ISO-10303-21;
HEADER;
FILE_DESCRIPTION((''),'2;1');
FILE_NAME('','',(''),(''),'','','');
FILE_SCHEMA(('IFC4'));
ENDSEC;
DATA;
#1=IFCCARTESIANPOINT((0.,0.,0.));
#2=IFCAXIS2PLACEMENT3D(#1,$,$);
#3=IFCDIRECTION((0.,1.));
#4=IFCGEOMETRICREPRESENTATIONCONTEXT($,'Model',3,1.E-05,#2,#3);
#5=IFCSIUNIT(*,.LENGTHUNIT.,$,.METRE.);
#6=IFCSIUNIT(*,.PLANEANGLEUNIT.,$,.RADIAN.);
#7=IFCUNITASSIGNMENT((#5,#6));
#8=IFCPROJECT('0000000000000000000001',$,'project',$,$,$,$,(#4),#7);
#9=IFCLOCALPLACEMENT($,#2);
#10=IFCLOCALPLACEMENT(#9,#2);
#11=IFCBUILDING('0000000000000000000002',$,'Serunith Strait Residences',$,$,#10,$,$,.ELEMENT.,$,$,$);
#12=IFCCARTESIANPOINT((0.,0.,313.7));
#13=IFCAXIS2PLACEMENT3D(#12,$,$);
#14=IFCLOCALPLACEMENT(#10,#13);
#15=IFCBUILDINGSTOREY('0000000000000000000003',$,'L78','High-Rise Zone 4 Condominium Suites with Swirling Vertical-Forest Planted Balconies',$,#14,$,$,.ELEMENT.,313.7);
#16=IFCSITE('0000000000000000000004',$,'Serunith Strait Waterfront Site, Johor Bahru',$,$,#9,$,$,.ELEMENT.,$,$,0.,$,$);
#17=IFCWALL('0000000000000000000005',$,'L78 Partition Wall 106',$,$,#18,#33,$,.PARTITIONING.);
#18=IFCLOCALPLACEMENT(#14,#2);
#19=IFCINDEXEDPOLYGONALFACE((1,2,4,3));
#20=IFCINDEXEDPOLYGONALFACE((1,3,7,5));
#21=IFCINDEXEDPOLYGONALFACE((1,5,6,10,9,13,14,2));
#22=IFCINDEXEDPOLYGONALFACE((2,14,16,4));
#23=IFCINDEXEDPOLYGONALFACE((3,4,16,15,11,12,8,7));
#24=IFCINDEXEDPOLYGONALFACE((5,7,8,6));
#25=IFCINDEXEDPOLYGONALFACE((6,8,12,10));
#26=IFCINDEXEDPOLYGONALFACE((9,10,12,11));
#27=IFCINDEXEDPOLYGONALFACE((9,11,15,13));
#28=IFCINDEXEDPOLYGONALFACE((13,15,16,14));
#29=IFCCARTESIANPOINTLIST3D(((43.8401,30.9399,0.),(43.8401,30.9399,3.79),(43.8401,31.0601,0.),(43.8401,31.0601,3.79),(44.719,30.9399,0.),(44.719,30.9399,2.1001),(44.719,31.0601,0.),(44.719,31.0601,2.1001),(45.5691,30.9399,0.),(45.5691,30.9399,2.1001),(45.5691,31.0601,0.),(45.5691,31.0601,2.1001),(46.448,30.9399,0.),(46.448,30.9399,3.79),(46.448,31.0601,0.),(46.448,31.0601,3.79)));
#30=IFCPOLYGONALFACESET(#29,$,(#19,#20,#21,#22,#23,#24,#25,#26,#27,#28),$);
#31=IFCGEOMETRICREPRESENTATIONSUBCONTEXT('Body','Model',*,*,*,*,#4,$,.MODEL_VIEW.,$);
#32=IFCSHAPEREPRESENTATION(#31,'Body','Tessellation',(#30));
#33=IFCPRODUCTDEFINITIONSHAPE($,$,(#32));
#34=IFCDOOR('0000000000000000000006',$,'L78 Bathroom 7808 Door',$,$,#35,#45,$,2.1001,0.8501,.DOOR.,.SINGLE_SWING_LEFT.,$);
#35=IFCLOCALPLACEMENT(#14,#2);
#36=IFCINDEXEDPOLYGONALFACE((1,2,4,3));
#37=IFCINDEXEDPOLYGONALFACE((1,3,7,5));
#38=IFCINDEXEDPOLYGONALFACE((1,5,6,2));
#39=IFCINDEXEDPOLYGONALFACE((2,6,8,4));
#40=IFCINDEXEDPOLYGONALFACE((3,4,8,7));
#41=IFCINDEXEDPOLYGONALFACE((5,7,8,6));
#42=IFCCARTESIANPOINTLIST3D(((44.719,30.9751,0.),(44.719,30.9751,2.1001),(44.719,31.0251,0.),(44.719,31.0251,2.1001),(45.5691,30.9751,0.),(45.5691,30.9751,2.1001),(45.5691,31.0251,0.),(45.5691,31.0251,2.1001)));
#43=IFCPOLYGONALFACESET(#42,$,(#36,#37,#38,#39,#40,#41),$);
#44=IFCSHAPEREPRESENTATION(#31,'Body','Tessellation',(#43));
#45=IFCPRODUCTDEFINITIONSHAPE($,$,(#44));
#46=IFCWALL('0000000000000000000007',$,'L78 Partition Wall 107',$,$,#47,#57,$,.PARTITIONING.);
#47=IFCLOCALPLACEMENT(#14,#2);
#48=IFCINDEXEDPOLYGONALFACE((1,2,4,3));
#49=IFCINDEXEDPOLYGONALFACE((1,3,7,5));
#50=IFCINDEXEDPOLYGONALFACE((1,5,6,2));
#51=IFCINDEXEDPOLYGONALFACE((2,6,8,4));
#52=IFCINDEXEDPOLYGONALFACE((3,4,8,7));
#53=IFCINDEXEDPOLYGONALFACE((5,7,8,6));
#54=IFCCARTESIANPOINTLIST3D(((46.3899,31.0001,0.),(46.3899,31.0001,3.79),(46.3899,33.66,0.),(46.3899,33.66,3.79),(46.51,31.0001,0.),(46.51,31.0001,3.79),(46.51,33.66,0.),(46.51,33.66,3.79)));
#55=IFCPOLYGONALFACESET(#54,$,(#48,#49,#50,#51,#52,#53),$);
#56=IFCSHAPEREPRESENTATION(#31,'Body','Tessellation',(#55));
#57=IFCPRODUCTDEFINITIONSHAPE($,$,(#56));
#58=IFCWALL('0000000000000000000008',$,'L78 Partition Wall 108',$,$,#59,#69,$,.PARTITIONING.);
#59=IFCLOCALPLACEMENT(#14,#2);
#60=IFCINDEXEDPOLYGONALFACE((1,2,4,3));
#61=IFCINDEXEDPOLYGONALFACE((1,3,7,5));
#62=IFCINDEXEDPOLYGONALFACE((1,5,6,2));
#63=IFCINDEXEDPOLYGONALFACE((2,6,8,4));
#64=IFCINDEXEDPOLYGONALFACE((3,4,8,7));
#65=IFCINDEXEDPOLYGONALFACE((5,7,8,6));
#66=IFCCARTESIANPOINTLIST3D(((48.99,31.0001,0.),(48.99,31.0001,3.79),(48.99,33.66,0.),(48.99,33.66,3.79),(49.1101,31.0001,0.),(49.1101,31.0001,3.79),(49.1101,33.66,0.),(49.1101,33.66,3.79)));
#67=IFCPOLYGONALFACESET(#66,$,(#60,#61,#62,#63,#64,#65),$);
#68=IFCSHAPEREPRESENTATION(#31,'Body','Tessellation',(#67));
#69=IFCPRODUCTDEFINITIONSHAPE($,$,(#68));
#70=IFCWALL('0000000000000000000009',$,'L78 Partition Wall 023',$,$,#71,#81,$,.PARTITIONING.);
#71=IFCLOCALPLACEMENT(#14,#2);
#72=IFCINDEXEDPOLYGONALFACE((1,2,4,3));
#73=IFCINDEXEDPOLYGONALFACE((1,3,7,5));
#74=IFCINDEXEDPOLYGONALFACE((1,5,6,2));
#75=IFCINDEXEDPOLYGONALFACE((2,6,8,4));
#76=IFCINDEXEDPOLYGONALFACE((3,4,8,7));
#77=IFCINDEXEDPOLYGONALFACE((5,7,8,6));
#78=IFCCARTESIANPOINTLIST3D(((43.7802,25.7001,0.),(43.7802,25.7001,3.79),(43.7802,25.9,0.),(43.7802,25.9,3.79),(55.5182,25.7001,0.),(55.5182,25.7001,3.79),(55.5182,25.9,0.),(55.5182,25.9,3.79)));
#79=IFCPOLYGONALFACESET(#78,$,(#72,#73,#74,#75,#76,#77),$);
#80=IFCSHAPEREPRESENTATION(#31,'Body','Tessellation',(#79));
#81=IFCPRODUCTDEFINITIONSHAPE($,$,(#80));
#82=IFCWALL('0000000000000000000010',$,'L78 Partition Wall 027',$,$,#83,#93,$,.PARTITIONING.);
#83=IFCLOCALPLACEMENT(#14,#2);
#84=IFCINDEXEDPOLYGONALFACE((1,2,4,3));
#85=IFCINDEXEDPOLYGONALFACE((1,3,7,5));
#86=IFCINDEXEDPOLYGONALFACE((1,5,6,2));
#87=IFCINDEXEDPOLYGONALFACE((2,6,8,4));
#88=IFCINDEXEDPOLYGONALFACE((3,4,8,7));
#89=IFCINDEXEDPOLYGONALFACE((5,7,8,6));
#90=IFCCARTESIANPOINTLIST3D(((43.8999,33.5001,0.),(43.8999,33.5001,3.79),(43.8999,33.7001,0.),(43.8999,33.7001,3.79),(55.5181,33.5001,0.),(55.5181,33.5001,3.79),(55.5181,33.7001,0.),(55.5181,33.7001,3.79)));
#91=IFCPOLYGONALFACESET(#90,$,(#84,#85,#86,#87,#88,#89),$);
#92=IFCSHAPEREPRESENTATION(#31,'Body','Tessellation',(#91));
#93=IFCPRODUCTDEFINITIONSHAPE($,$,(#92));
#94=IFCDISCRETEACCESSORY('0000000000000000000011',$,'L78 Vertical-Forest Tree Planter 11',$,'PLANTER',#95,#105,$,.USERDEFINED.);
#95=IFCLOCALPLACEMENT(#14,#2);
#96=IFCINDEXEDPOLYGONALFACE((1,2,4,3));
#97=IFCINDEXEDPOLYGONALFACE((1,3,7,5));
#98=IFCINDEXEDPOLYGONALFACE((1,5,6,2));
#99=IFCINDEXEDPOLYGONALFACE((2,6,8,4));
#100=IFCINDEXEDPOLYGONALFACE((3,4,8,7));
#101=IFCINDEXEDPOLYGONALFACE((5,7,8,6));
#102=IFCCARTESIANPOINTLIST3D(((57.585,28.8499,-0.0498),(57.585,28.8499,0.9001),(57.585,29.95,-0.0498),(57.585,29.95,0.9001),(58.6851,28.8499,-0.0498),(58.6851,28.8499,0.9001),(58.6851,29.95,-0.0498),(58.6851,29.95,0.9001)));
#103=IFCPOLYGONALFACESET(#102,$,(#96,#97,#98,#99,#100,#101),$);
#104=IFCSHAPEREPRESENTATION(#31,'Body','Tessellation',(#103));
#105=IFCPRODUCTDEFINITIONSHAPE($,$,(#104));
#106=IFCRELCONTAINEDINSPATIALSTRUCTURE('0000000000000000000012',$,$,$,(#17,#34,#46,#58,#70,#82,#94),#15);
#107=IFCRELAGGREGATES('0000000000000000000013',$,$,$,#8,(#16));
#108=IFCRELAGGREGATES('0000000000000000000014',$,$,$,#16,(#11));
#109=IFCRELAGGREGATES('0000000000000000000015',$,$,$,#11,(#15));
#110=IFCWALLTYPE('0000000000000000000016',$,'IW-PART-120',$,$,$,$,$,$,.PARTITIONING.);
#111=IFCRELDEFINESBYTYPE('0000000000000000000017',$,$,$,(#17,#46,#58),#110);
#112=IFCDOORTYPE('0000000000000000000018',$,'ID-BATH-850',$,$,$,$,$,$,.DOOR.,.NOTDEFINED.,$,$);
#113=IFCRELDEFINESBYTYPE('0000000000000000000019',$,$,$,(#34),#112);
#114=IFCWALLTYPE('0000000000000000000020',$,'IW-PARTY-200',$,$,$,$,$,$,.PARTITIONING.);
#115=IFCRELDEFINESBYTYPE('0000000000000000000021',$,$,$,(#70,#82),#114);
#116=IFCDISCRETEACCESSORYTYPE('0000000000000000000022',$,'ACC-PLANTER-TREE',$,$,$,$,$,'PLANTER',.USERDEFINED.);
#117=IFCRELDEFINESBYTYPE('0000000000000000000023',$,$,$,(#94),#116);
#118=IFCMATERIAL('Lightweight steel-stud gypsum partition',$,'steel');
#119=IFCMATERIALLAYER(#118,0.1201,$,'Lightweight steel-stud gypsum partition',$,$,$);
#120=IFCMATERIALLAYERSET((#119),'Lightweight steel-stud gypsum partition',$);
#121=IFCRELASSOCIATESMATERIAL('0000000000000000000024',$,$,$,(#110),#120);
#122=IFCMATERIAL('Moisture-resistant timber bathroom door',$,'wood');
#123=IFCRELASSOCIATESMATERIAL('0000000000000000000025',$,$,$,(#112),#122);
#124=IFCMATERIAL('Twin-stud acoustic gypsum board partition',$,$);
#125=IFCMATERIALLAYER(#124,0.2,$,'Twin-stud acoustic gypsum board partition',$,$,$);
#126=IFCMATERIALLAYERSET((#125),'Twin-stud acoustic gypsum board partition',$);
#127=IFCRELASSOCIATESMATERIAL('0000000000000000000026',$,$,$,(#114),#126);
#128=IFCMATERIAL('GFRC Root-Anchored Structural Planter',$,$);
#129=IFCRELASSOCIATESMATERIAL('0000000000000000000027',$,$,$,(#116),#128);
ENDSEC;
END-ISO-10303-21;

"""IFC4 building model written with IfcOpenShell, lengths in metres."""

from ifc_helpers import new_model, si_unit, direction, frame, frame_2d, origin, origin_2d, place, context, subcontext, project, spatial, rectangle, extrude, source, transform, mapped, material, layer, layer_set, type_object, element, fill, save


model = new_model("IFC4")

# Units and contexts
model_context = context("Model", 3, precision=1e-05, world=origin(), true_north=direction((0.0, 1.0)))
body_context = subcontext(model_context, "Body", "Model", "MODEL_VIEW")
ifc_project = project(units=[si_unit("LENGTHUNIT", "METRE"), si_unit("PLANEANGLEUNIT", "RADIAN")], contexts=[model_context])

# Site, building, storey
site_placement = place(None, origin())
site = spatial("IfcSite", under=ifc_project, at=site_placement, Name="Serunith Strait Waterfront Site, Johor Bahru", CompositionType="ELEMENT", RefElevation=0.0)
building_placement = place(site_placement, origin())
building = spatial("IfcBuilding", under=site, at=building_placement, Name="Serunith Strait Residences", CompositionType="ELEMENT")
storey_placement = place(building_placement, frame((0.0, 0.0, 313.7)))
storey = spatial("IfcBuildingStorey", under=building, at=storey_placement, Name="L78", Description="High-Rise Zone 4 Condominium Suites with Swirling Vertical-Forest Planted Balconies", CompositionType="ELEMENT", Elevation=313.7)

# Shared definitions
ifc_material_1 = material(Name="Lightweight steel-stud gypsum partition", Category="steel")
ifc_layer_1 = layer(ifc_material_1, 0.1201, Name="Lightweight steel-stud gypsum partition")
ifc_layer_set_1 = layer_set([ifc_layer_1], Name="Lightweight steel-stud gypsum partition")
wall_type_1 = type_object("IfcWallType", Name="IW-PART-120", PredefinedType="PARTITIONING", material=ifc_layer_set_1)

# Wall, opening, door
shared_shape_1 = source(origin(), body_context, "Body", "SweptSolid", [
    extrude(rectangle(XDim=0.8501, YDim=2.1001, at=frame_2d((0.425, 1.05))), frame((0.0, 0.0249, 0.0), z_axis=(0.0, -1.0, 0.0), x_axis=(1.0, 0.0, 0.0)), (0.0, 0.0, 1.0), 0.05),
])
ifc_material_2 = material(Name="Moisture-resistant timber bathroom door", Category="wood")
door_type_1 = type_object("IfcDoorType", Name="ID-BATH-850", OperationType="NOTDEFINED", PredefinedType="DOOR", material=ifc_material_2)
wall_1_placement = place(storey_placement, frame((46.448, 31.0, 0.0), z_axis=(0.0, 0.0, 1.0), x_axis=(-1.0, 0.0, 0.0)))
wall_1 = element("IfcWall", 1, at=wall_1_placement, inside=storey, type_object=wall_type_1, Name="L78 Partition Wall 106", PredefinedType="PARTITIONING", context=body_context, shape_type="SweptSolid", body=[
    extrude(rectangle(XDim=2.6079, YDim=0.1201, at=frame_2d((1.304, 0.0))), origin(), (0.0, 0.0, 1.0), 3.79),
])
opening_1_placement = place(wall_1_placement, frame((0.8789, 0.0, 0.0)))
opening_1 = element("IfcOpeningElement", 2, at=opening_1_placement, cuts=wall_1, PredefinedType="OPENING", context=body_context, shape_type="SweptSolid", body=[
    extrude(rectangle(XDim=0.8501, YDim=2.1001, at=frame_2d((0.425, 1.05))), frame((0.0, 0.0701, 0.0), z_axis=(0.0, -1.0, 0.0), x_axis=(1.0, 0.0, 0.0)), (0.0, 0.0, 1.0), 0.1401),
])
door_1_placement = place(opening_1_placement, origin())
door_1 = element("IfcDoor", 3, at=door_1_placement, inside=storey, type_object=door_type_1, Name="L78 Bathroom 7808 Door", OperationType="SINGLE_SWING_LEFT", OverallHeight=2.1001, OverallWidth=0.8501, PredefinedType="DOOR", context=body_context, shape_type="MappedRepresentation", body=[
    mapped(shared_shape_1, transform((0.0, 0.0, 0.0), scale=1.0)),
])
fill(opening_1, door_1)

# Walls
for number, where, z_axis, x_axis, name in (
    (4, (46.45, 31.0, 0.0), (0.0, 0.0, 1.0), (0.0, 1.0, 0.0), "L78 Partition Wall 107"),
    (5, (49.05, 31.0, 0.0), (0.0, 0.0, 1.0), (0.0, 1.0, 0.0), "L78 Partition Wall 108"),
):
    element("IfcWall", number, at=place(storey_placement, frame(where, z_axis=z_axis, x_axis=x_axis)), inside=storey, type_object=wall_type_1, Name=name, PredefinedType="PARTITIONING", context=body_context, shape_type="SweptSolid", body=[
        extrude(rectangle(XDim=2.6599, YDim=0.1201, at=frame_2d((1.3301, 0.0))), origin(), (0.0, 0.0, 1.0), 3.79),
    ])
ifc_material_3 = material(Name="Twin-stud acoustic gypsum board partition")
ifc_layer_2 = layer(ifc_material_3, 0.2, Name="Twin-stud acoustic gypsum board partition")
ifc_layer_set_2 = layer_set([ifc_layer_2], Name="Twin-stud acoustic gypsum board partition")
wall_type_2 = type_object("IfcWallType", Name="IW-PARTY-200", PredefinedType="PARTITIONING", material=ifc_layer_set_2)
wall_2_placement = place(storey_placement, frame((43.78, 25.8, 0.0), z_axis=(0.0, 0.0, 1.0), x_axis=(1.0, 0.0, 0.0)))
element("IfcWall", 6, at=wall_2_placement, inside=storey, type_object=wall_type_2, Name="L78 Partition Wall 023", PredefinedType="PARTITIONING", context=body_context, shape_type="SweptSolid", body=[
    extrude(rectangle(XDim=11.738, YDim=0.2, at=frame_2d((5.8691, 0.0))), origin(), (0.0, 0.0, 1.0), 3.79),
])
wall_3_placement = place(storey_placement, frame((43.8999, 33.6001, 0.0), z_axis=(0.0, 0.0, 1.0), x_axis=(1.0, 0.0, 0.0)))
element("IfcWall", 7, at=wall_3_placement, inside=storey, type_object=wall_type_2, Name="L78 Partition Wall 027", PredefinedType="PARTITIONING", context=body_context, shape_type="SweptSolid", body=[
    extrude(rectangle(XDim=11.6182, YDim=0.2, at=frame_2d((5.8091, 0.0))), origin(), (0.0, 0.0, 1.0), 3.79),
])

# Discrete accessory
ifc_material_4 = material(Name="GFRC Root-Anchored Structural Planter")
discrete_accessory_type = type_object("IfcDiscreteAccessoryType", Name="ACC-PLANTER-TREE", ElementType="PLANTER", PredefinedType="USERDEFINED", material=ifc_material_4)
shared_shape_2 = source(origin(), body_context, "Body", "SweptSolid", [
    extrude(rectangle(XDim=1.1001, YDim=1.1001, at=origin_2d()), origin(), (0.0, 0.0, 1.0), 0.95),
])
discrete_accessory_placement = place(storey_placement, frame((58.135, 29.3999, -0.0498), z_axis=(0.0, 0.0, 1.0), x_axis=(0.0, 1.0, 0.0)))
element("IfcDiscreteAccessory", 8, at=discrete_accessory_placement, inside=storey, type_object=discrete_accessory_type, Name="L78 Vertical-Forest Tree Planter 11", ObjectType="PLANTER", PredefinedType="USERDEFINED", context=body_context, shape_type="MappedRepresentation", body=[
    mapped(shared_shape_2, transform((0.0, 0.0, 0.0), scale=1.0)),
])

save(model, "model.ifc")
